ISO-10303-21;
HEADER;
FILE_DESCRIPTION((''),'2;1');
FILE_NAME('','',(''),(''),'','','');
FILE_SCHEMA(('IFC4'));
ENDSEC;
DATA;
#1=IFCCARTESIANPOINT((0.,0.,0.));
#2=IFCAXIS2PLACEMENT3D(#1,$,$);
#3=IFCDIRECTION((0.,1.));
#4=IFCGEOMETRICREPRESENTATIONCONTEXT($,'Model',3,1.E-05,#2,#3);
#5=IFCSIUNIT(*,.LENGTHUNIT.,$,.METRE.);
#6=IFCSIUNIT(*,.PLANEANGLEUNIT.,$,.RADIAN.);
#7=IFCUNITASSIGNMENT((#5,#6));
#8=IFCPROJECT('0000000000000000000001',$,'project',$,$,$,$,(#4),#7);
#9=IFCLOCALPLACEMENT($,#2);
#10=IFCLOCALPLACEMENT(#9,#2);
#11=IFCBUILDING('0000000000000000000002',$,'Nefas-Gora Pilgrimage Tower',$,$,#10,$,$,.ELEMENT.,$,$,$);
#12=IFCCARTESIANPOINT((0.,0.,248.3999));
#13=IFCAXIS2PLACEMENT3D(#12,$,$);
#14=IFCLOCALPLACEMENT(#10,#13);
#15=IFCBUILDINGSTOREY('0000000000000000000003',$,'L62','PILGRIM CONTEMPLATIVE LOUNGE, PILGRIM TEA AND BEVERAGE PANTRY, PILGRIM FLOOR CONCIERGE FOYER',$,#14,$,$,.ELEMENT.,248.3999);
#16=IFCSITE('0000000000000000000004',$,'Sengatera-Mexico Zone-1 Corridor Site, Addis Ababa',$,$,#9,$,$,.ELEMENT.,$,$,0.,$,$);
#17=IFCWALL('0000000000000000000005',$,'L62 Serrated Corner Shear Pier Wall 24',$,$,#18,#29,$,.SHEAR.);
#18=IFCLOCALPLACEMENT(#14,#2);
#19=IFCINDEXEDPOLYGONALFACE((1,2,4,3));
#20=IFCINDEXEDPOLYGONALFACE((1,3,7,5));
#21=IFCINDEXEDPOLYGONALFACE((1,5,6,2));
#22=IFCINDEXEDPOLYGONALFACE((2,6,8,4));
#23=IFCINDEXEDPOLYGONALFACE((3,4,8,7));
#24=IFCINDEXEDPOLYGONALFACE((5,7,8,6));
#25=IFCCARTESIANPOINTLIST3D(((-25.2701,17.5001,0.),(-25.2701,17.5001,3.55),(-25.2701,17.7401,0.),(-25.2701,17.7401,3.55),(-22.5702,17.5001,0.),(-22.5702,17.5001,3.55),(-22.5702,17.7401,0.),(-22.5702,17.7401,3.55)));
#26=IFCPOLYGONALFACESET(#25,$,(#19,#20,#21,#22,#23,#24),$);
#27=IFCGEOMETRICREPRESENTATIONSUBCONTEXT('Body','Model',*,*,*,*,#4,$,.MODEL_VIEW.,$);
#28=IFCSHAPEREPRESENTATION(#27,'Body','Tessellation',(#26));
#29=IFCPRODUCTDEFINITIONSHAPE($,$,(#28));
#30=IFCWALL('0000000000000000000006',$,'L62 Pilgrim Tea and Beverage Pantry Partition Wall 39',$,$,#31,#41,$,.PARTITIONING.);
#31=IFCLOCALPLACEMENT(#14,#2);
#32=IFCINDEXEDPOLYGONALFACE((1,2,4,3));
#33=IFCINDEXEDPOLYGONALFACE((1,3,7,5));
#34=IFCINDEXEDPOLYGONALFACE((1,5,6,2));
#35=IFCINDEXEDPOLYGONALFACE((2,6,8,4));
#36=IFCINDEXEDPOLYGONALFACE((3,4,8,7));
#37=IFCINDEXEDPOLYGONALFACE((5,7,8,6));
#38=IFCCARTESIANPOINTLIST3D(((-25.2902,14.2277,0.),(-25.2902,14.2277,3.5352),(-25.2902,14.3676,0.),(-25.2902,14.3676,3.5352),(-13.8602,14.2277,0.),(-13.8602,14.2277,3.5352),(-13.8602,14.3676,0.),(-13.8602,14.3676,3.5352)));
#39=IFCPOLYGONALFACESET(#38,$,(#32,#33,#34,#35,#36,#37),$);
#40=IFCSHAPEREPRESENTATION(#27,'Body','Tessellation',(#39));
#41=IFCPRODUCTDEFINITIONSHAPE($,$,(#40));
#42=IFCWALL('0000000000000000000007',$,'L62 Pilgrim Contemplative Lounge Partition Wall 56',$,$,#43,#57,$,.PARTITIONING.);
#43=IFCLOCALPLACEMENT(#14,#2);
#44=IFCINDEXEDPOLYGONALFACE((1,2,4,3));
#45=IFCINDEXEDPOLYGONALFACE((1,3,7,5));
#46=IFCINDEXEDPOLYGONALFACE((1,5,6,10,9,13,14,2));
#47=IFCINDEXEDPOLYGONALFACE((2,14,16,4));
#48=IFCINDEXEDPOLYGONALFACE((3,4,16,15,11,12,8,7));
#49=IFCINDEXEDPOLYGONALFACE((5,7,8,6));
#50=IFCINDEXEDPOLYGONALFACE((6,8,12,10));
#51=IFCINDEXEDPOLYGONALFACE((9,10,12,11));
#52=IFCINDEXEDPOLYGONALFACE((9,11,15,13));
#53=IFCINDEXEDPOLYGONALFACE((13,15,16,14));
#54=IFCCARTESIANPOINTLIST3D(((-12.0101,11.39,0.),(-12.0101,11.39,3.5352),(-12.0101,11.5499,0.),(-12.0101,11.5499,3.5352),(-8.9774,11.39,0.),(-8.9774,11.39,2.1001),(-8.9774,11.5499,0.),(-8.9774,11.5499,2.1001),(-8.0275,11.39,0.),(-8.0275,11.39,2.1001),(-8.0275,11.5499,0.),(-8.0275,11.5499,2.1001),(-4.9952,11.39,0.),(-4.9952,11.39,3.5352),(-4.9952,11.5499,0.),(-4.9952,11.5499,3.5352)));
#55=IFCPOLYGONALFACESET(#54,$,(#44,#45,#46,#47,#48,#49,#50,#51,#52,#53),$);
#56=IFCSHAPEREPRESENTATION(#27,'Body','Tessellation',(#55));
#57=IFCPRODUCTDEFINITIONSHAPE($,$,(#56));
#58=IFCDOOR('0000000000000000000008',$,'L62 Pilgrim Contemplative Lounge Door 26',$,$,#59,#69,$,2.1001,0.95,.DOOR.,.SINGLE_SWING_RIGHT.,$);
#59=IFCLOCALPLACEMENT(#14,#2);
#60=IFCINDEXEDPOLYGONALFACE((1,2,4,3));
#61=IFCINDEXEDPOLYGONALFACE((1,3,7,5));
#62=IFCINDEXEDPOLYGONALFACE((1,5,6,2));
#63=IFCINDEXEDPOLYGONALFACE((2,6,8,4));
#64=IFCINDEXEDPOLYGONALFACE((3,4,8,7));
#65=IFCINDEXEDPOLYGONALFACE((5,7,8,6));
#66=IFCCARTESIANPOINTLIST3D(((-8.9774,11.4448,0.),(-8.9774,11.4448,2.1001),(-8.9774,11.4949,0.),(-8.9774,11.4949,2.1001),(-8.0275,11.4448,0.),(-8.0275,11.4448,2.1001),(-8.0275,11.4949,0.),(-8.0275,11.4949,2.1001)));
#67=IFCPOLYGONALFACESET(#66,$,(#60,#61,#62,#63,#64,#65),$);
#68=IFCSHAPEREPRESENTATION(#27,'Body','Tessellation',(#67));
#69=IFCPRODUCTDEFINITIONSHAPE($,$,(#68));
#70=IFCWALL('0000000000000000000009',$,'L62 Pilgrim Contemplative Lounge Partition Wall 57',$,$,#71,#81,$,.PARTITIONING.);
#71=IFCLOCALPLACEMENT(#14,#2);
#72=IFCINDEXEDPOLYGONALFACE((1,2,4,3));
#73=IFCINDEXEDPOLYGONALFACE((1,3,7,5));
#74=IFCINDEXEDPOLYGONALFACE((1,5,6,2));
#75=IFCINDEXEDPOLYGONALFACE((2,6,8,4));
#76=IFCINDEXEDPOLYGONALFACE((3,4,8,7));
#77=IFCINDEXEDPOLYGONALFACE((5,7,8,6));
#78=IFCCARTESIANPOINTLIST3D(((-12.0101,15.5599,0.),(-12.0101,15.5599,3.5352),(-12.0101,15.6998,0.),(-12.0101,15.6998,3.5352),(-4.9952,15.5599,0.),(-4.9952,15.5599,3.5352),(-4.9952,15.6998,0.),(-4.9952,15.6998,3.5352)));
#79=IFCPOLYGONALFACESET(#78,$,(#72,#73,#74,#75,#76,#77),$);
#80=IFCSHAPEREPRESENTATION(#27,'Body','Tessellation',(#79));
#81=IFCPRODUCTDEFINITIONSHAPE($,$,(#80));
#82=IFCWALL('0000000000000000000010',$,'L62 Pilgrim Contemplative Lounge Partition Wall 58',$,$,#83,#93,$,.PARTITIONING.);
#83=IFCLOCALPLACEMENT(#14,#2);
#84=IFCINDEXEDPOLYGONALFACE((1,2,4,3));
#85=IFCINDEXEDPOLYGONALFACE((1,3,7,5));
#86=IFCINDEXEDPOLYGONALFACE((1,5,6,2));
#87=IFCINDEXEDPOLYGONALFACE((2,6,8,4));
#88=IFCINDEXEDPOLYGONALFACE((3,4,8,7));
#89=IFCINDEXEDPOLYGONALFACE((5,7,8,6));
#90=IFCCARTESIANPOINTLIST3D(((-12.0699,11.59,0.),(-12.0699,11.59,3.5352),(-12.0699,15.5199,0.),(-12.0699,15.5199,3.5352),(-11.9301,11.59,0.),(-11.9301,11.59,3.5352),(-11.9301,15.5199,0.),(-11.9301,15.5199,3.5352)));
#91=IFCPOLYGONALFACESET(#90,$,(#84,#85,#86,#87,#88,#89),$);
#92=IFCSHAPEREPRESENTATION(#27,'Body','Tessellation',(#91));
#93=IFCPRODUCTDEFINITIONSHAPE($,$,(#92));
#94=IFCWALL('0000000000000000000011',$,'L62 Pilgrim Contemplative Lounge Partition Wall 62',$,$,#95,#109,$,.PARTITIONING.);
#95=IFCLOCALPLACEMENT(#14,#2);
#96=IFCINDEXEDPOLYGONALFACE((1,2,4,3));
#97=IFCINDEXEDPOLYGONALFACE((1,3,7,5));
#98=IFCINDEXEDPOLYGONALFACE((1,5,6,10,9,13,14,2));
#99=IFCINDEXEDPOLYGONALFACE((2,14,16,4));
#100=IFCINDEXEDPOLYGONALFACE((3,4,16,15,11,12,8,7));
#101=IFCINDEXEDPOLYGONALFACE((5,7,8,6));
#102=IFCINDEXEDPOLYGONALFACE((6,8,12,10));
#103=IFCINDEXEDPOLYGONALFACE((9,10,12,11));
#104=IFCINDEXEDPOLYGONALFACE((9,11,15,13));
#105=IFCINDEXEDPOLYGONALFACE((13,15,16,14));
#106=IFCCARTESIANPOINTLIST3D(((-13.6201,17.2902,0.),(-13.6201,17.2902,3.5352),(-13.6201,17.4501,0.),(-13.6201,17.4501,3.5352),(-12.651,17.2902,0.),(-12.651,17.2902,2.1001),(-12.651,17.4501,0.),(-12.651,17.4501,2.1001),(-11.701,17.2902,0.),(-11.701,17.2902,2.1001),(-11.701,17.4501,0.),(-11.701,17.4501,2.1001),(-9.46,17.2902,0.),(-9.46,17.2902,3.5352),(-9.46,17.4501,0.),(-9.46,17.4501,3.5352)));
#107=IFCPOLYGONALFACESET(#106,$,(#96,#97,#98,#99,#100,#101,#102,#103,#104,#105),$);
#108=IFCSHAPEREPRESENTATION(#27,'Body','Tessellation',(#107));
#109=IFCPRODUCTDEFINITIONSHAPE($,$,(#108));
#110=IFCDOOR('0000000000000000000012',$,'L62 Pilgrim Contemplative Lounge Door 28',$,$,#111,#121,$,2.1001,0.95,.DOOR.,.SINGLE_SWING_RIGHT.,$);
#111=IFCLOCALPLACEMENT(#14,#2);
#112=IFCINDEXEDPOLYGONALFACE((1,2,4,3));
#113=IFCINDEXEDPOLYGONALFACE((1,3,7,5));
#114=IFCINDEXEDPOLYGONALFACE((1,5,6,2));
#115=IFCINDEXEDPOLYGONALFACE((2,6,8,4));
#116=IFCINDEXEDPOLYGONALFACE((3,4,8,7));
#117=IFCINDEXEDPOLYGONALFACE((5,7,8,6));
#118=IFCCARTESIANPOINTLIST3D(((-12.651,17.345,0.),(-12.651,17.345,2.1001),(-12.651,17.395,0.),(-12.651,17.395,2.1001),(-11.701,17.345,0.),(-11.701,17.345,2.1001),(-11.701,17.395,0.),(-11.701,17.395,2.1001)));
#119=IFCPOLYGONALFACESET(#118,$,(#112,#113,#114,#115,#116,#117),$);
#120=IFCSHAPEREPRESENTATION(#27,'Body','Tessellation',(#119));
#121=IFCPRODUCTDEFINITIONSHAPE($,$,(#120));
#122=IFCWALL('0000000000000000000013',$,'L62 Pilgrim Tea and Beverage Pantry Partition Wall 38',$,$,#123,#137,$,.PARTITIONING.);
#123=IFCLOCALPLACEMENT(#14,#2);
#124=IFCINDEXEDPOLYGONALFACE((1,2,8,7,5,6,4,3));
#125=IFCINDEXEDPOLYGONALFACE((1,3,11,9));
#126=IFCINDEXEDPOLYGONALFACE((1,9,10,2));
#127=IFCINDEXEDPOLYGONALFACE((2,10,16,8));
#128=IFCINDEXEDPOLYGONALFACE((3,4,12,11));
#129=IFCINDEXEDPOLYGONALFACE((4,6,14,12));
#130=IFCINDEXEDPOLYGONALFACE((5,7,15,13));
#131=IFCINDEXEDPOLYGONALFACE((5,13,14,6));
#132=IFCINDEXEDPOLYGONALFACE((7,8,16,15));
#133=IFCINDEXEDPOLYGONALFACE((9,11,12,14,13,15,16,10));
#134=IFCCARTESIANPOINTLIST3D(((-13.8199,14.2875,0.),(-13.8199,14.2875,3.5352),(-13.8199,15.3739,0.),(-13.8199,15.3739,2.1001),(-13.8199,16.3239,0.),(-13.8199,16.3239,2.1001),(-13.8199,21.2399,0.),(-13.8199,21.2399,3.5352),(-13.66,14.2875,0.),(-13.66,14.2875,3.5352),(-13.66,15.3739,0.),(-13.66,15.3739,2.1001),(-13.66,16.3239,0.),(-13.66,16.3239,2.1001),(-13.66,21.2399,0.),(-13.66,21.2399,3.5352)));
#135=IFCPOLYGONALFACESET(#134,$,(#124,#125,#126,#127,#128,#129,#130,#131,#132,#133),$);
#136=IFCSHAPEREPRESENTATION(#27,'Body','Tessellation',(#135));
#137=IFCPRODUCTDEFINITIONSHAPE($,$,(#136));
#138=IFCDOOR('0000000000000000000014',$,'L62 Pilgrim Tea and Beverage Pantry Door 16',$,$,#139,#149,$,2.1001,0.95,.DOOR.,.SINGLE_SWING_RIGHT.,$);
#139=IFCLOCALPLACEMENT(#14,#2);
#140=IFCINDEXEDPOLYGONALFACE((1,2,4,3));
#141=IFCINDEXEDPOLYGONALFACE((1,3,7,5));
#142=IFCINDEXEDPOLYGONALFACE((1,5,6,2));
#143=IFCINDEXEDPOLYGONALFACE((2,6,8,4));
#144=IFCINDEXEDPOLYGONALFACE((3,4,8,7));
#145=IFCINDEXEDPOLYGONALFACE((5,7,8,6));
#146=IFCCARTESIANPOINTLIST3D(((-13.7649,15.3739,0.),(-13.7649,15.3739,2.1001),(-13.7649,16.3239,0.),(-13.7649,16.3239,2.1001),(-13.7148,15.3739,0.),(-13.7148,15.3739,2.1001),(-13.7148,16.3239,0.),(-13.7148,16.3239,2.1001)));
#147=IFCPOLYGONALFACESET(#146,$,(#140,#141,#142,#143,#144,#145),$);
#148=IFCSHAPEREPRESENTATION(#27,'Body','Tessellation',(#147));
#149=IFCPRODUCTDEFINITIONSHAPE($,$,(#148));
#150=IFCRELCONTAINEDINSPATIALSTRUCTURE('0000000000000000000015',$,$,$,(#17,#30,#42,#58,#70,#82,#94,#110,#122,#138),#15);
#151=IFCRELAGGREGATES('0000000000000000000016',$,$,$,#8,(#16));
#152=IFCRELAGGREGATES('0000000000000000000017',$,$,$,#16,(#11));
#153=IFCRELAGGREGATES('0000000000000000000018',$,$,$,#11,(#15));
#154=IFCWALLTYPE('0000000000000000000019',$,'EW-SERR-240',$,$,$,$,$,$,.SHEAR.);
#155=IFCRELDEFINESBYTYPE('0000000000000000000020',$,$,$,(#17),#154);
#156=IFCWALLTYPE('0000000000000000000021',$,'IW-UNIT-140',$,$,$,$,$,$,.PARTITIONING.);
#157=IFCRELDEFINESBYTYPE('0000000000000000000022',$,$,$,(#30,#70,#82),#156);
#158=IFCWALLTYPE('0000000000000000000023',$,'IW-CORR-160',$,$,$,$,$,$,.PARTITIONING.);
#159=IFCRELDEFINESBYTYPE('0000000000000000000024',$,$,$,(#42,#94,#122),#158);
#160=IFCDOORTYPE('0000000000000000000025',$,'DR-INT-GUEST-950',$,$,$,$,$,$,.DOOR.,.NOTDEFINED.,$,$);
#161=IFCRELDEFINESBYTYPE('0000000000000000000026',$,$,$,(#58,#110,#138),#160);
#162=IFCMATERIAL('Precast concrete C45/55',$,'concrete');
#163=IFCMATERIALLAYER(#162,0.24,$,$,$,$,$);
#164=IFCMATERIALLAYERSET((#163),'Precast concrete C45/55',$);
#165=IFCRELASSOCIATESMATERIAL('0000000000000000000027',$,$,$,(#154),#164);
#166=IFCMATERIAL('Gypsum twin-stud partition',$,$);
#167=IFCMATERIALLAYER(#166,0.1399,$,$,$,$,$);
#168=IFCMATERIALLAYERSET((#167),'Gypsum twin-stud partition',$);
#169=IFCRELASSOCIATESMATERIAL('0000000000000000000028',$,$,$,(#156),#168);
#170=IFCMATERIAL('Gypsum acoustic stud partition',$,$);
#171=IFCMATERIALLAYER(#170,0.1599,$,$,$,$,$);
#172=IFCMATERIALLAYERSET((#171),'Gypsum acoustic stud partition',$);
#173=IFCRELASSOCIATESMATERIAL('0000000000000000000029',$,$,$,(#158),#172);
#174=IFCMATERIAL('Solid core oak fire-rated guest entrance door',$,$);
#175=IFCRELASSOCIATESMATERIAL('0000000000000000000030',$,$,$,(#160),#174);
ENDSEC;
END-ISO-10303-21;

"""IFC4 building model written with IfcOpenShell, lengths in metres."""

from ifc_helpers import new_model, si_unit, direction, frame, frame_2d, origin, place, context, subcontext, project, spatial, rectangle, extrude, source, transform, mapped, material, layer, layer_set, type_object, element, fill, save


model = new_model("IFC4")

# Units and contexts
model_context = context("Model", 3, precision=1e-05, world=origin(), true_north=direction((0.0, 1.0)))
body_context = subcontext(model_context, "Body", "Model", "MODEL_VIEW")
ifc_project = project(units=[si_unit("LENGTHUNIT", "METRE"), si_unit("PLANEANGLEUNIT", "RADIAN")], contexts=[model_context])

# Site, building, storey
site_placement = place(None, origin())
site = spatial("IfcSite", under=ifc_project, at=site_placement, Name="Sengatera-Mexico Zone-1 Corridor Site, Addis Ababa", CompositionType="ELEMENT", RefElevation=0.0)
building_placement = place(site_placement, origin())
building = spatial("IfcBuilding", under=site, at=building_placement, Name="Nefas-Gora Pilgrimage Tower", CompositionType="ELEMENT")
storey_placement = place(building_placement, frame((0.0, 0.0, 248.3999)))
storey = spatial("IfcBuildingStorey", under=building, at=storey_placement, Name="L62", Description="PILGRIM CONTEMPLATIVE LOUNGE, PILGRIM TEA AND BEVERAGE PANTRY, PILGRIM FLOOR CONCIERGE FOYER", CompositionType="ELEMENT", Elevation=248.3999)

# Shared definitions
ifc_material_1 = material(Name="Precast concrete C45/55", Category="concrete")
ifc_layer_1 = layer(ifc_material_1, 0.24)
ifc_layer_set_1 = layer_set([ifc_layer_1], Name="Precast concrete C45/55")
wall_type_1 = type_object("IfcWallType", Name="EW-SERR-240", PredefinedType="SHEAR", material=ifc_layer_set_1)
shared_shape_1 = source(origin(), body_context, "Body", "SweptSolid", [
    extrude(rectangle(XDim=2.7, YDim=0.24, at=frame_2d((1.3501, 0.0))), origin(), (0.0, 0.0, 1.0), 3.55),
])

# Walls
for number, where, z_axis, x_axis, name in (
    (1, (-22.5701, 17.6201, 0.0), (0.0, 0.0, 1.0), (-1.0, 0.0, 0.0), "L62 Serrated Corner Shear Pier Wall 24"),
):
    element("IfcWall", number, at=place(storey_placement, frame(where, z_axis=z_axis, x_axis=x_axis)), inside=storey, type_object=wall_type_1, Name=name, PredefinedType="SHEAR", context=body_context, shape_type="MappedRepresentation", body=[
        mapped(shared_shape_1, transform((0.0, 0.0, 0.0), x_axis=(1.0, 0.0, 0.0), y_axis=(0.0, 1.0, 0.0), z_axis=(0.0, 0.0, 1.0), scale=1.0)),
    ])
ifc_material_2 = material(Name="Gypsum twin-stud partition")
ifc_layer_2 = layer(ifc_material_2, 0.1399)
ifc_layer_set_2 = layer_set([ifc_layer_2], Name="Gypsum twin-stud partition")
wall_type_2 = type_object("IfcWallType", Name="IW-UNIT-140", PredefinedType="PARTITIONING", material=ifc_layer_set_2)
shared_shape_2 = source(origin(), body_context, "Body", "SweptSolid", [
    extrude(rectangle(XDim=11.4299, YDim=0.1399, at=frame_2d((5.7148, 0.0))), origin(), (0.0, 0.0, 1.0), 3.5352),
])
wall_1_placement = place(storey_placement, frame((-25.29, 14.2976, 0.0), z_axis=(0.0, 0.0, 1.0), x_axis=(1.0, 0.0, 0.0)))
element("IfcWall", 2, at=wall_1_placement, inside=storey, type_object=wall_type_2, Name="L62 Pilgrim Tea and Beverage Pantry Partition Wall 39", PredefinedType="PARTITIONING", context=body_context, shape_type="MappedRepresentation", body=[
    mapped(shared_shape_2, transform((0.0, 0.0, 0.0), x_axis=(1.0, 0.0, 0.0), y_axis=(0.0, 1.0, 0.0), z_axis=(0.0, 0.0, 1.0), scale=1.0)),
])

# Wall, opening, door
ifc_material_3 = material(Name="Gypsum acoustic stud partition")
ifc_layer_3 = layer(ifc_material_3, 0.1599)
ifc_layer_set_3 = layer_set([ifc_layer_3], Name="Gypsum acoustic stud partition")
wall_type_3 = type_object("IfcWallType", Name="IW-CORR-160", PredefinedType="PARTITIONING", material=ifc_layer_set_3)
shared_shape_3 = source(origin(), body_context, "Body", "SweptSolid", [
    extrude(rectangle(XDim=7.0149, YDim=0.1599, at=frame_2d((3.5073, 0.0))), origin(), (0.0, 0.0, 1.0), 3.5352),
])
wall_2_placement = place(storey_placement, frame((-12.01, 11.47, 0.0), z_axis=(0.0, 0.0, 1.0), x_axis=(1.0, 0.0, 0.0)))
wall_2 = element("IfcWall", 3, at=wall_2_placement, inside=storey, type_object=wall_type_3, Name="L62 Pilgrim Contemplative Lounge Partition Wall 56", PredefinedType="PARTITIONING", context=body_context, shape_type="MappedRepresentation", body=[
    mapped(shared_shape_3, transform((0.0, 0.0, 0.0), x_axis=(1.0, 0.0, 0.0), y_axis=(0.0, 1.0, 0.0), z_axis=(0.0, 0.0, 1.0), scale=1.0)),
])
opening_1_placement = place(wall_2_placement, frame((3.0325, 0.0, 0.0)))
opening_1 = element("IfcOpeningElement", 4, at=opening_1_placement, cuts=wall_2, PredefinedType="OPENING", context=body_context, shape_type="SweptSolid", body=[
    extrude(rectangle(XDim=0.95, YDim=2.1001, at=frame_2d((0.4751, 1.05))), frame((0.0, 0.0898, 0.0), z_axis=(0.0, -1.0, 0.0), x_axis=(1.0, 0.0, 0.0)), (0.0, 0.0, 1.0), 0.1799),
])
ifc_material_4 = material(Name="Solid core oak fire-rated guest entrance door")
door_type = type_object("IfcDoorType", Name="DR-INT-GUEST-950", OperationType="NOTDEFINED", PredefinedType="DOOR", material=ifc_material_4)
shared_shape_4 = source(origin(), body_context, "Body", "SweptSolid", [
    extrude(rectangle(XDim=0.95, YDim=2.1001, at=frame_2d((0.4751, 1.05))), frame((0.0, 0.0249, 0.0), z_axis=(0.0, -1.0, 0.0), x_axis=(1.0, 0.0, 0.0)), (0.0, 0.0, 1.0), 0.05),
])
door_1_placement = place(opening_1_placement, origin())
door_1 = element("IfcDoor", 5, at=door_1_placement, inside=storey, type_object=door_type, Name="L62 Pilgrim Contemplative Lounge Door 26", OperationType="SINGLE_SWING_RIGHT", OverallHeight=2.1001, OverallWidth=0.95, PredefinedType="DOOR", context=body_context, shape_type="MappedRepresentation", body=[
    mapped(shared_shape_4, transform((0.0, 0.0, 0.0), x_axis=(1.0, 0.0, 0.0), y_axis=(0.0, 1.0, 0.0), z_axis=(0.0, 0.0, 1.0), scale=1.0)),
])
fill(opening_1, door_1)

# Walls
shared_shape_5 = source(origin(), body_context, "Body", "SweptSolid", [
    extrude(rectangle(XDim=7.0149, YDim=0.1399, at=frame_2d((3.5073, 0.0))), origin(), (0.0, 0.0, 1.0), 3.5352),
])
wall_3_placement = place(storey_placement, frame((-12.01, 15.6299, 0.0), z_axis=(0.0, 0.0, 1.0), x_axis=(1.0, 0.0, 0.0)))
element("IfcWall", 6, at=wall_3_placement, inside=storey, type_object=wall_type_2, Name="L62 Pilgrim Contemplative Lounge Partition Wall 57", PredefinedType="PARTITIONING", context=body_context, shape_type="MappedRepresentation", body=[
    mapped(shared_shape_5, transform((0.0, 0.0, 0.0), x_axis=(1.0, 0.0, 0.0), y_axis=(0.0, 1.0, 0.0), z_axis=(0.0, 0.0, 1.0), scale=1.0)),
])
shared_shape_6 = source(origin(), body_context, "Body", "SweptSolid", [
    extrude(rectangle(XDim=3.9299, YDim=0.1399, at=frame_2d((1.9648, 0.0))), origin(), (0.0, 0.0, 1.0), 3.5352),
])
wall_4_placement = place(storey_placement, frame((-12.0, 11.5901, 0.0), z_axis=(0.0, 0.0, 1.0), x_axis=(0.0, 1.0, 0.0)))
element("IfcWall", 7, at=wall_4_placement, inside=storey, type_object=wall_type_2, Name="L62 Pilgrim Contemplative Lounge Partition Wall 58", PredefinedType="PARTITIONING", context=body_context, shape_type="MappedRepresentation", body=[
    mapped(shared_shape_6, transform((0.0, 0.0, 0.0), x_axis=(1.0, 0.0, 0.0), y_axis=(0.0, 1.0, 0.0), z_axis=(0.0, 0.0, 1.0), scale=1.0)),
])

# Walls, openings, doors
shared_shape_7 = source(origin(), body_context, "Body", "SweptSolid", [
    extrude(rectangle(XDim=4.1602, YDim=0.1599, at=frame_2d((2.0801, 0.0))), origin(), (0.0, 0.0, 1.0), 3.5352),
])
wall_5_placement = place(storey_placement, frame((-13.6201, 17.3701, 0.0), z_axis=(0.0, 0.0, 1.0), x_axis=(1.0, 0.0, 0.0)))
wall_5 = element("IfcWall", 8, at=wall_5_placement, inside=storey, type_object=wall_type_3, Name="L62 Pilgrim Contemplative Lounge Partition Wall 62", PredefinedType="PARTITIONING", context=body_context, shape_type="MappedRepresentation", body=[
    mapped(shared_shape_7, transform((0.0, 0.0, 0.0), x_axis=(1.0, 0.0, 0.0), y_axis=(0.0, 1.0, 0.0), z_axis=(0.0, 0.0, 1.0), scale=1.0)),
])
opening_2_placement = place(wall_5_placement, frame((0.969, 0.0, 0.0)))
opening_2 = element("IfcOpeningElement", 9, at=opening_2_placement, cuts=wall_5, PredefinedType="OPENING", context=body_context, shape_type="SweptSolid", body=[
    extrude(rectangle(XDim=0.95, YDim=2.1001, at=frame_2d((0.4751, 1.05))), frame((0.0, 0.0898, 0.0), z_axis=(0.0, -1.0, 0.0), x_axis=(1.0, 0.0, 0.0)), (0.0, 0.0, 1.0), 0.1799),
])
door_2_placement = place(opening_2_placement, origin())
door_2 = element("IfcDoor", 10, at=door_2_placement, inside=storey, type_object=door_type, Name="L62 Pilgrim Contemplative Lounge Door 28", OperationType="SINGLE_SWING_RIGHT", OverallHeight=2.1001, OverallWidth=0.95, PredefinedType="DOOR", context=body_context, shape_type="MappedRepresentation", body=[
    mapped(shared_shape_4, transform((0.0, 0.0, 0.0), x_axis=(1.0, 0.0, 0.0), y_axis=(0.0, 1.0, 0.0), z_axis=(0.0, 0.0, 1.0), scale=1.0)),
])
fill(opening_2, door_2)
shared_shape_8 = source(origin(), body_context, "Body", "SweptSolid", [
    extrude(rectangle(XDim=6.9524, YDim=0.1599, at=frame_2d((3.4761, 0.0))), origin(), (0.0, 0.0, 1.0), 3.5352),
])
wall_6_placement = place(storey_placement, frame((-13.74, 14.2876, 0.0), z_axis=(0.0, 0.0, 1.0), x_axis=(0.0, 1.0, 0.0)))
wall_6 = element("IfcWall", 11, at=wall_6_placement, inside=storey, type_object=wall_type_3, Name="L62 Pilgrim Tea and Beverage Pantry Partition Wall 38", PredefinedType="PARTITIONING", context=body_context, shape_type="MappedRepresentation", body=[
    mapped(shared_shape_8, transform((0.0, 0.0, 0.0), x_axis=(1.0, 0.0, 0.0), y_axis=(0.0, 1.0, 0.0), z_axis=(0.0, 0.0, 1.0), scale=1.0)),
])
opening_3_placement = place(wall_6_placement, frame((1.0862, 0.0, 0.0)))
opening_3 = element("IfcOpeningElement", 12, at=opening_3_placement, cuts=wall_6, PredefinedType="OPENING", context=body_context, shape_type="SweptSolid", body=[
    extrude(rectangle(XDim=0.95, YDim=2.1001, at=frame_2d((0.4751, 1.05))), frame((0.0, 0.0898, 0.0), z_axis=(0.0, -1.0, 0.0), x_axis=(1.0, 0.0, 0.0)), (0.0, 0.0, 1.0), 0.1799),
])
door_3_placement = place(opening_3_placement, origin())
door_3 = element("IfcDoor", 13, at=door_3_placement, inside=storey, type_object=door_type, Name="L62 Pilgrim Tea and Beverage Pantry Door 16", OperationType="SINGLE_SWING_RIGHT", OverallHeight=2.1001, OverallWidth=0.95, PredefinedType="DOOR", context=body_context, shape_type="MappedRepresentation", body=[
    mapped(shared_shape_4, transform((0.0, 0.0, 0.0), x_axis=(1.0, 0.0, 0.0), y_axis=(0.0, 1.0, 0.0), z_axis=(0.0, 0.0, 1.0), scale=1.0)),
])
fill(opening_3, door_3)

save(model, "model.ifc")
